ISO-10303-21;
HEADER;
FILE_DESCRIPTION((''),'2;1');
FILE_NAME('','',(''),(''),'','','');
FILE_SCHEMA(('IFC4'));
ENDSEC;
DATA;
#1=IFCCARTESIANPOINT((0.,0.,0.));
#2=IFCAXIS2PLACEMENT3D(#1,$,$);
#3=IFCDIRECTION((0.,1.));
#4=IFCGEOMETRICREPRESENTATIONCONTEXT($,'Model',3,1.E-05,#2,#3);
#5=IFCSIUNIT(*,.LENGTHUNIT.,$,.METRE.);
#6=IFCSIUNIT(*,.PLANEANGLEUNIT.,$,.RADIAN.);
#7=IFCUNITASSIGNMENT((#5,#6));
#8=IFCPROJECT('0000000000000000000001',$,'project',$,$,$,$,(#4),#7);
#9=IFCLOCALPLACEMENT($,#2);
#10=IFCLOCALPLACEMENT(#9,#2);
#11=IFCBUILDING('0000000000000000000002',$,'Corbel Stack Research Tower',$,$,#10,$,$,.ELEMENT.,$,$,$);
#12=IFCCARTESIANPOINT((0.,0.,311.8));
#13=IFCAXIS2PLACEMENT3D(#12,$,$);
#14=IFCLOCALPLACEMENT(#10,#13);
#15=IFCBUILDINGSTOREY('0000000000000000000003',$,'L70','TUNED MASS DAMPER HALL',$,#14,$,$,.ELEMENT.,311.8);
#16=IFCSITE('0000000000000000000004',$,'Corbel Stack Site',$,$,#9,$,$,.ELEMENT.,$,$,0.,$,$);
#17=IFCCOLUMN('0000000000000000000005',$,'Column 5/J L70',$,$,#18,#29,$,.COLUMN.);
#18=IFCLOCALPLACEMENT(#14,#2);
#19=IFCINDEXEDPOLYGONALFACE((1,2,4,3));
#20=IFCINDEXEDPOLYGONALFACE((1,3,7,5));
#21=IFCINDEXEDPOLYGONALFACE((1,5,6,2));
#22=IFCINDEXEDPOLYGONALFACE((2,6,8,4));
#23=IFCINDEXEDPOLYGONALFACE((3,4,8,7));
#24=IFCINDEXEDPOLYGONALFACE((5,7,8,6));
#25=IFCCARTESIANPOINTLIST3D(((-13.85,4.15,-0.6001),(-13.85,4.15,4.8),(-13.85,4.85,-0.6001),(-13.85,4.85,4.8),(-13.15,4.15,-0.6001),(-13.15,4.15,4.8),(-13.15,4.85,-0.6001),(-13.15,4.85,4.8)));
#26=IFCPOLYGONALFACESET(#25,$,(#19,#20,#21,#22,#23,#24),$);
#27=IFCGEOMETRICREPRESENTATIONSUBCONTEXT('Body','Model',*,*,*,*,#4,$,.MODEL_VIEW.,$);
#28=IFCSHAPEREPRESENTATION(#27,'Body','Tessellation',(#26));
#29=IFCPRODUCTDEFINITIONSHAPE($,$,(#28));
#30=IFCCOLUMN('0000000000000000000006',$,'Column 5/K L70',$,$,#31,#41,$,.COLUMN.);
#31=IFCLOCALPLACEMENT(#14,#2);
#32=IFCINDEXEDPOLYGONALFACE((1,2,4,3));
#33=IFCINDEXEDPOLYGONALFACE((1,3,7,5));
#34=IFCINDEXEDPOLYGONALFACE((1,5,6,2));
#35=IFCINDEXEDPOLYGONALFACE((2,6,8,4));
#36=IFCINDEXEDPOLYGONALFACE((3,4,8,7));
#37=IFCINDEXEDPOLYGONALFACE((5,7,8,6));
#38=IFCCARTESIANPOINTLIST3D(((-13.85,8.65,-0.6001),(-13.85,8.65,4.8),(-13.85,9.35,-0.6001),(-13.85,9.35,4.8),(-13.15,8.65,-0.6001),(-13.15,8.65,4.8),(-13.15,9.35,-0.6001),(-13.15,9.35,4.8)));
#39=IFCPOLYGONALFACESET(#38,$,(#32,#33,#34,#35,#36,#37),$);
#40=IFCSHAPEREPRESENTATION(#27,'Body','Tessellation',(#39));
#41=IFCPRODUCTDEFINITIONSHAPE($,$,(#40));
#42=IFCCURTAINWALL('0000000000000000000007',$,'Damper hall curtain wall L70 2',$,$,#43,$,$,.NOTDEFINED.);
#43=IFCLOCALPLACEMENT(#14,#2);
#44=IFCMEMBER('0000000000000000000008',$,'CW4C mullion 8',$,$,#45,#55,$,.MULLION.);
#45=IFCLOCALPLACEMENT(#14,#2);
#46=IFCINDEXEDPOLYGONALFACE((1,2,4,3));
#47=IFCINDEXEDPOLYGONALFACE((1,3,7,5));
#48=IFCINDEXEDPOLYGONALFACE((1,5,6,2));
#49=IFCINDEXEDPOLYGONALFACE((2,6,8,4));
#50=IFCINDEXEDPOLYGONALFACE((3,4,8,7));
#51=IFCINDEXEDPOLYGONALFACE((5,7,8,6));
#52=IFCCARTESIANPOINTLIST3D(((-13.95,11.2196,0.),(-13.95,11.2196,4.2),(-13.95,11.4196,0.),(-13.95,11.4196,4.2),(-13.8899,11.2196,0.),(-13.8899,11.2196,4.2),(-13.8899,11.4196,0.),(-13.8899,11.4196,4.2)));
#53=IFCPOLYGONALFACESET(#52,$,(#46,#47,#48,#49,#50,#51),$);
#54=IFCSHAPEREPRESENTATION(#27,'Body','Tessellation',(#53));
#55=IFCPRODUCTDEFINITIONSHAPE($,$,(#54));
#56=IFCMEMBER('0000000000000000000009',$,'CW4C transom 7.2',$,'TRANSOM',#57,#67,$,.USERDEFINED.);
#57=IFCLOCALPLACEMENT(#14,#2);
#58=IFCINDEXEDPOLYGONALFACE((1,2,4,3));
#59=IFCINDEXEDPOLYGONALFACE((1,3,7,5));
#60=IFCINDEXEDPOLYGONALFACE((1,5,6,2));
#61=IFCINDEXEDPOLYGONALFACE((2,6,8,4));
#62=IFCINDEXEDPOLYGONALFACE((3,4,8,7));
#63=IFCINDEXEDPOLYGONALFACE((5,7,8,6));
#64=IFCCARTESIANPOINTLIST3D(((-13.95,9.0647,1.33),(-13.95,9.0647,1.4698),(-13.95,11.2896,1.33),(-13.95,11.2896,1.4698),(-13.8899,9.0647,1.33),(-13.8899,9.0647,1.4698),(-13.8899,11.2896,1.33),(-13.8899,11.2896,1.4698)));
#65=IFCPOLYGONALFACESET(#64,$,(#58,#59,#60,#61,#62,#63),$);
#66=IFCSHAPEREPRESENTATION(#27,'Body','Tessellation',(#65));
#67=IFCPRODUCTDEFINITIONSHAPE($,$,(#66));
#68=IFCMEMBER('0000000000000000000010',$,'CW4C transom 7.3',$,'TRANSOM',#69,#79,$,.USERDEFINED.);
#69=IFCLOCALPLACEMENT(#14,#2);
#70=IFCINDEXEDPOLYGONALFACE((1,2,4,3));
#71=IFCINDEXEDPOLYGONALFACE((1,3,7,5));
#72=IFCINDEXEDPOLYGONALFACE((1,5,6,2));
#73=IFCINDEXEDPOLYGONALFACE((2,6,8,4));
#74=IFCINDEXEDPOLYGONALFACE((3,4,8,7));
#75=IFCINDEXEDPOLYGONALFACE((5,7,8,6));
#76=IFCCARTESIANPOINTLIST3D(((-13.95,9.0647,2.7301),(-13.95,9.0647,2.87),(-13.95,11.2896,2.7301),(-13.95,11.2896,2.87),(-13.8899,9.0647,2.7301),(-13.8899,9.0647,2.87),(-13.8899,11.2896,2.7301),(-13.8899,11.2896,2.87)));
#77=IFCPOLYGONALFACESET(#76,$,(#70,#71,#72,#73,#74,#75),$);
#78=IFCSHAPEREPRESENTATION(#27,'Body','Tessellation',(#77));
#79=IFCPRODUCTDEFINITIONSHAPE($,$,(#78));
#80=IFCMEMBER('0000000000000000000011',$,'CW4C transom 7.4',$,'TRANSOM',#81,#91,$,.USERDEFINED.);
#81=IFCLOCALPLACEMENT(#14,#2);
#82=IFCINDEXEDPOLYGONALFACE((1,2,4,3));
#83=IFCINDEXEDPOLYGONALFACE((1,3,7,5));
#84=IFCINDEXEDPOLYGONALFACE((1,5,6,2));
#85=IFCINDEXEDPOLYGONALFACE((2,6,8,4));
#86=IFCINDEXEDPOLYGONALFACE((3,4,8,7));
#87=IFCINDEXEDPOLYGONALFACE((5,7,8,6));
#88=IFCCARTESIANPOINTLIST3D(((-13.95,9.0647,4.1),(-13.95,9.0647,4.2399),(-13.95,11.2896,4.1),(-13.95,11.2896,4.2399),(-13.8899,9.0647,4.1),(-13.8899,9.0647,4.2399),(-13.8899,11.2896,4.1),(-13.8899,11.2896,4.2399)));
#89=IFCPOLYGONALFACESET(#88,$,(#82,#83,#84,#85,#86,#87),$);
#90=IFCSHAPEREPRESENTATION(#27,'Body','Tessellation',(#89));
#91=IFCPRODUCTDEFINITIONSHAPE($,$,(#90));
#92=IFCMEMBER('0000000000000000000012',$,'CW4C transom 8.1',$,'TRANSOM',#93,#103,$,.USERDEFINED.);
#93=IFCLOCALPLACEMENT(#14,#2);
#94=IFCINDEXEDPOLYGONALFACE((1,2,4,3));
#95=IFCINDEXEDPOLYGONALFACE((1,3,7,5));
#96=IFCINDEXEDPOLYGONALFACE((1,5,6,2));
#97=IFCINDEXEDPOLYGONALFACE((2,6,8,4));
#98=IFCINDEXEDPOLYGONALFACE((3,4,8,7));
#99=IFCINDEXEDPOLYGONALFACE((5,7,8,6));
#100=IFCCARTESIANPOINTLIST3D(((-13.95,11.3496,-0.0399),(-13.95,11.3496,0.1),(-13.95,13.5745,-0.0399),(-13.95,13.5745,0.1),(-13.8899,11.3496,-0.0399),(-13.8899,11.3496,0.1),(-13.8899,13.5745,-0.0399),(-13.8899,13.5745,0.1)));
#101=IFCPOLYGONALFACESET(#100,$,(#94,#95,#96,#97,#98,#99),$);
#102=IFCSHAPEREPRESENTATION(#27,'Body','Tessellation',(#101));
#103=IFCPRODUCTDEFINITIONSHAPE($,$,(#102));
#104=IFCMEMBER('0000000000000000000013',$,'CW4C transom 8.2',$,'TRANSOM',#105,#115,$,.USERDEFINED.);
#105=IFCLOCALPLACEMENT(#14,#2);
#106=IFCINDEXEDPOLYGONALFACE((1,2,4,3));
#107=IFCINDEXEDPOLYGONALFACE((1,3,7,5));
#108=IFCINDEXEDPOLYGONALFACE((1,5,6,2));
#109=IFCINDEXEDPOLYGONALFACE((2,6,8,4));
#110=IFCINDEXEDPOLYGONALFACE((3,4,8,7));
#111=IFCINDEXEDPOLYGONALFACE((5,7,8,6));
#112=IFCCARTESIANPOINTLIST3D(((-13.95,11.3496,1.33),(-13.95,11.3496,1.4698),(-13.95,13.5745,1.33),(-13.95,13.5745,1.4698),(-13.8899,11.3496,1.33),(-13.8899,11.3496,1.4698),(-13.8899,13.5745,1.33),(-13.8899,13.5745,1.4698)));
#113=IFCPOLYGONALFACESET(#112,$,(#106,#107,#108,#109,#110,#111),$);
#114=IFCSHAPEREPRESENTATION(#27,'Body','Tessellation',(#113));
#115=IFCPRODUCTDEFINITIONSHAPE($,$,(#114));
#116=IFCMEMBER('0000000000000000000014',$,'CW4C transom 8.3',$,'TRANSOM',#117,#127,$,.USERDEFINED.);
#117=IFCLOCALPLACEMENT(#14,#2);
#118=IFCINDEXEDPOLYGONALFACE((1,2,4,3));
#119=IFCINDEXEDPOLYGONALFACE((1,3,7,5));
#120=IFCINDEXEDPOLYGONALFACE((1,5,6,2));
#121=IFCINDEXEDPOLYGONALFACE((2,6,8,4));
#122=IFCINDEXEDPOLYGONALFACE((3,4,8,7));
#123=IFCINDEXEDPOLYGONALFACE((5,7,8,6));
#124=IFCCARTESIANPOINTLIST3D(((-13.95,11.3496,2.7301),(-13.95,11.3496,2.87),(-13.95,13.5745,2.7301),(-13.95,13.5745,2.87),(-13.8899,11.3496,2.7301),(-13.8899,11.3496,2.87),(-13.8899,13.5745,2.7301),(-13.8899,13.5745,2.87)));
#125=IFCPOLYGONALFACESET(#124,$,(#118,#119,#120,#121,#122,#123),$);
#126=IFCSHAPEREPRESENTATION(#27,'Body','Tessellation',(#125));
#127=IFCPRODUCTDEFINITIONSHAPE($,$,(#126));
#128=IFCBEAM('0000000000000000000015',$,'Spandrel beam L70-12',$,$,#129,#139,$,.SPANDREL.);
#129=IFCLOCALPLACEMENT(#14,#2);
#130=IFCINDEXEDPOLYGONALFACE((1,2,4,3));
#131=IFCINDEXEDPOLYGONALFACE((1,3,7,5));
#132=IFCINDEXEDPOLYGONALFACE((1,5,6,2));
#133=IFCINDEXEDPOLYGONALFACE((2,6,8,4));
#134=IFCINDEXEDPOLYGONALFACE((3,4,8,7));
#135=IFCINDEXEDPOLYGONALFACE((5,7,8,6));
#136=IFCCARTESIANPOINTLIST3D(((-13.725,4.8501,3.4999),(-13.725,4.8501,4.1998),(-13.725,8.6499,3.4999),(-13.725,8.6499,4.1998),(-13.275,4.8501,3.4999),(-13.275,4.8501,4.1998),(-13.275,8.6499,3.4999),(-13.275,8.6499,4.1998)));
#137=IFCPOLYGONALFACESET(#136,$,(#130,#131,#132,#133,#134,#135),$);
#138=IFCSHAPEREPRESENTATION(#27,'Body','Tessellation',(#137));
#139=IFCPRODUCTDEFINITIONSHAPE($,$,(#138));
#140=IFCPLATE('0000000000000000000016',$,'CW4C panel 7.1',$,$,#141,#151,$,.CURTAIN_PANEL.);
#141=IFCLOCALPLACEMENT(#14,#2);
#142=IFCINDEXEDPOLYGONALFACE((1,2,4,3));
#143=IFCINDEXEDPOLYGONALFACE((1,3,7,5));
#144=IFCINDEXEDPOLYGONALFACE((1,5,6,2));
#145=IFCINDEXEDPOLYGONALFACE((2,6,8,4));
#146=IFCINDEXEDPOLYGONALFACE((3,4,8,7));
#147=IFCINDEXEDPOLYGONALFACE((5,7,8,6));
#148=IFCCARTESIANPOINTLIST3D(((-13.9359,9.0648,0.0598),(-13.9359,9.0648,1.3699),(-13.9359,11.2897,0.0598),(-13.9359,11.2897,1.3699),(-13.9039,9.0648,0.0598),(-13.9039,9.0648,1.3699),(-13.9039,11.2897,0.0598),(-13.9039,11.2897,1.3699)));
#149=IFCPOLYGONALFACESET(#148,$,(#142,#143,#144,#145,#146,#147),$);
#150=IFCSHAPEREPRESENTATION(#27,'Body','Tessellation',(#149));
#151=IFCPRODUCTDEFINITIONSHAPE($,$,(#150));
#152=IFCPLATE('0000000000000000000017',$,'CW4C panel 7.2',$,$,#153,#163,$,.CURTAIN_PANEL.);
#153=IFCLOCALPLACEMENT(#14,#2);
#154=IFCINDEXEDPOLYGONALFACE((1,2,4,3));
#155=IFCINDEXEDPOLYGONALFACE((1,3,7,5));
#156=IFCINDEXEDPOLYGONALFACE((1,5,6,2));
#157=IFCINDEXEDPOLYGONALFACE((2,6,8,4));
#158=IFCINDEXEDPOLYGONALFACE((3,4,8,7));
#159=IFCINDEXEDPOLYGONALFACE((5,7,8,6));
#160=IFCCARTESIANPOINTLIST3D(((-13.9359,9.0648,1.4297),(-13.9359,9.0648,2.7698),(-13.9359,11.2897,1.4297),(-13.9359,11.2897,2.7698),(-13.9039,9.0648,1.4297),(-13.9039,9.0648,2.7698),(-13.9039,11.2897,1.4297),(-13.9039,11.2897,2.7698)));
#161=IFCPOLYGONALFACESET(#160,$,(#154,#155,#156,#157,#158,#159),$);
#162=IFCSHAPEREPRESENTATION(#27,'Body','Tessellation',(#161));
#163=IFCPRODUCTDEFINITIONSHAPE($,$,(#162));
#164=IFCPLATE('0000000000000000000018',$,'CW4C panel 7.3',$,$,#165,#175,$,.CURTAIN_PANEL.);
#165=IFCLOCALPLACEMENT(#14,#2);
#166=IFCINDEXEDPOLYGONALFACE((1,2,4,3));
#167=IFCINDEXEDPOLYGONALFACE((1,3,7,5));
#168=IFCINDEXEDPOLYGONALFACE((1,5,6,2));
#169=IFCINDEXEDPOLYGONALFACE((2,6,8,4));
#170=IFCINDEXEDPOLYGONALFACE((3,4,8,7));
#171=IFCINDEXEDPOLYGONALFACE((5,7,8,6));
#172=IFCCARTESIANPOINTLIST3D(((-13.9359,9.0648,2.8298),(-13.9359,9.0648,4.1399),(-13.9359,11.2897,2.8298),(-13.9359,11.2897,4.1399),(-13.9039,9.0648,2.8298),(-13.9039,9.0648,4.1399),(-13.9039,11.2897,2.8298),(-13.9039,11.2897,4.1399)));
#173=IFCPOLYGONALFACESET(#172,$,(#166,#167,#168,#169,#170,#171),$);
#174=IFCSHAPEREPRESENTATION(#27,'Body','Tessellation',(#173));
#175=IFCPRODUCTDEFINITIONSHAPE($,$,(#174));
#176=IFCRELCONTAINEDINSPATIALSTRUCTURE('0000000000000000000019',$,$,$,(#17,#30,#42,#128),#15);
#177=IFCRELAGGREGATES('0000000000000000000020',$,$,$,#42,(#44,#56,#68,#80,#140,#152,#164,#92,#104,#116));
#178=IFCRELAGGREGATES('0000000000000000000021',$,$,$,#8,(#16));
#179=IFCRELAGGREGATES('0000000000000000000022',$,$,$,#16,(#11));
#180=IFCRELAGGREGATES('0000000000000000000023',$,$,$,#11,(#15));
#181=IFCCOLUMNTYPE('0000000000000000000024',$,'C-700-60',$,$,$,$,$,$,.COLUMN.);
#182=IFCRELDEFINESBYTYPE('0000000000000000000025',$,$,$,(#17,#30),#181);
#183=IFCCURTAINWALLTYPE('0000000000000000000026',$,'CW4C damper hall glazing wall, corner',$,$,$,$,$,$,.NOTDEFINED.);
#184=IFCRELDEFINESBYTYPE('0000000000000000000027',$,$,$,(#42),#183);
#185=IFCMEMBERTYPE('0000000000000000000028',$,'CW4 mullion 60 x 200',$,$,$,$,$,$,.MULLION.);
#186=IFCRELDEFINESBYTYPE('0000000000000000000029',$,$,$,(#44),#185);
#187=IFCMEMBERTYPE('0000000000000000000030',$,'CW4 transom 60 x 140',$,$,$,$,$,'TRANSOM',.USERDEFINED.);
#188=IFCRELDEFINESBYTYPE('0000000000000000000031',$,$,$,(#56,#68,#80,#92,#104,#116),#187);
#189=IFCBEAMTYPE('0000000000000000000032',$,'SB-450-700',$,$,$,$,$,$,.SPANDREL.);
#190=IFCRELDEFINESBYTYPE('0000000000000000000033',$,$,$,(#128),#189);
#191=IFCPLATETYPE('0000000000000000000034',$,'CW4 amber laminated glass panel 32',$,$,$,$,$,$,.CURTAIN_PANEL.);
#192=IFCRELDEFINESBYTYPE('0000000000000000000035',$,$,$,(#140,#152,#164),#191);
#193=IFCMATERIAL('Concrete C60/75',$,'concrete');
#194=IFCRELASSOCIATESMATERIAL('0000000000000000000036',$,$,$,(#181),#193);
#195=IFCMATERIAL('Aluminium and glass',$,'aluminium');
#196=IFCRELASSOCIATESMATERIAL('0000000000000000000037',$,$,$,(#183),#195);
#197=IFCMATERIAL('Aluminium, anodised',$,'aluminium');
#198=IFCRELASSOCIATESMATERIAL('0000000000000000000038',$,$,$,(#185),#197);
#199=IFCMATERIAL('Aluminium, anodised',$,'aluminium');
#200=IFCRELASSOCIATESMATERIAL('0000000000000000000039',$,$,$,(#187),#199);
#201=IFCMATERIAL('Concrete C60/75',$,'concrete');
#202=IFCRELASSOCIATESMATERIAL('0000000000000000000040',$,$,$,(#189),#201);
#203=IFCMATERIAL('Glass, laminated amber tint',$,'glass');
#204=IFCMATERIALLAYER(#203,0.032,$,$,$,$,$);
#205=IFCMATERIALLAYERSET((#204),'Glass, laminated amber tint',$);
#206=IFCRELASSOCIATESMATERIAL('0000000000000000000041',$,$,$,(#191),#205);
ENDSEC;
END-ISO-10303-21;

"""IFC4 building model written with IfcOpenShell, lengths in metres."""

from ifc_helpers import new_model, si_unit, direction, frame, origin, origin_2d, place, context, subcontext, project, spatial, rectangle, extrude, material, layer, layer_set, material_profile, profile_set, type_object, element, aggregate, save


model = new_model("IFC4")

# Units and contexts
model_context = context("Model", 3, precision=1e-05, world=origin(), true_north=direction((0.0, 1.0)))
body_context = subcontext(model_context, "Body", "Model", "MODEL_VIEW")
ifc_project = project(units=[si_unit("LENGTHUNIT", "METRE"), si_unit("PLANEANGLEUNIT", "RADIAN")], contexts=[model_context])

# Site, building, storey
site_placement = place(None, origin())
site = spatial("IfcSite", under=ifc_project, at=site_placement, Name="Corbel Stack Site", CompositionType="ELEMENT", RefElevation=0.0)
building_placement = place(site_placement, origin())
building = spatial("IfcBuilding", under=site, at=building_placement, Name="Corbel Stack Research Tower", CompositionType="ELEMENT")
storey_placement = place(building_placement, frame((0.0, 0.0, 311.8)))
storey = spatial("IfcBuildingStorey", under=building, at=storey_placement, Name="L70", Description="TUNED MASS DAMPER HALL", CompositionType="ELEMENT", Elevation=311.8)

# Columns
ifc_material_1 = material(Name="Concrete C60/75", Category="concrete")
ifc_material_profile_1 = material_profile(ifc_material_1, rectangle(XDim=0.7, YDim=0.7, at=origin_2d()), Name="RC 700 x 700")
ifc_profile_set_1 = profile_set([ifc_material_profile_1], Name="Concrete C60/75")
column_type = type_object("IfcColumnType", Name="C-700-60", PredefinedType="COLUMN", material=ifc_profile_set_1)
for number, where, z_axis, x_axis, name in (
    (1, (-13.5, 4.5, -0.6001), (0.0, 0.0, 1.0), (1.0, 0.0, 0.0), "Column 5/J L70"),
    (2, (-13.5, 9.0, -0.6001), (0.0, 0.0, 1.0), (1.0, 0.0, 0.0), "Column 5/K L70"),
):
    element("IfcColumn", number, at=place(storey_placement, frame(where, z_axis=z_axis, x_axis=x_axis)), inside=storey, type_object=column_type, Name=name, PredefinedType="COLUMN", context=body_context, shape_type="SweptSolid", body=[
        extrude(rectangle(XDim=0.7, YDim=0.7, at=origin_2d()), origin(), (0.0, 0.0, 1.0), 5.4001),
    ])

# Curtain wall, members
ifc_material_2 = material(Name="Aluminium and glass", Category="aluminium")
curtain_wall_type = type_object("IfcCurtainWallType", Name="CW4C damper hall glazing wall, corner", PredefinedType="NOTDEFINED", material=ifc_material_2)
curtain_wall_placement = place(storey_placement, origin())
curtain_wall = element("IfcCurtainWall", 3, at=curtain_wall_placement, inside=storey, type_object=curtain_wall_type, Name="Damper hall curtain wall L70 2", PredefinedType="NOTDEFINED")
ifc_material_3 = material(Name="Aluminium, anodised", Category="aluminium")
ifc_material_profile_2 = material_profile(ifc_material_3, rectangle(XDim=0.0601, YDim=0.2, at=origin_2d()), Name="CW4 mullion 60 x 200")
ifc_profile_set_2 = profile_set([ifc_material_profile_2], Name="Aluminium, anodised")
member_type_1 = type_object("IfcMemberType", Name="CW4 mullion 60 x 200", PredefinedType="MULLION", material=ifc_profile_set_2)
member_1_placement = place(storey_placement, frame((-13.9199, 11.3196, 0.0), z_axis=(0.0, 0.0, 1.0), x_axis=(-1.0, 0.0, 0.0)))
member_1 = element("IfcMember", 4, at=member_1_placement, type_object=member_type_1, Name="CW4C mullion 8", PredefinedType="MULLION", context=body_context, shape_type="SweptSolid", body=[
    extrude(rectangle(XDim=0.0601, YDim=0.2, at=origin_2d()), origin(), (0.0, 0.0, 1.0), 4.2),
])
ifc_material_4 = material(Name="Aluminium, anodised", Category="aluminium")
ifc_material_profile_3 = material_profile(ifc_material_4, rectangle(XDim=0.0601, YDim=0.1399, at=origin_2d()), Name="CW4 transom 60 x 140")
ifc_profile_set_3 = profile_set([ifc_material_profile_3], Name="Aluminium, anodised")
member_type_2 = type_object("IfcMemberType", Name="CW4 transom 60 x 140", ElementType="TRANSOM", PredefinedType="USERDEFINED", material=ifc_profile_set_3)
member_2_placement = place(storey_placement, frame((-13.9199, 9.0647, 1.3999), z_axis=(0.0, 1.0, 0.0), x_axis=(-1.0, 0.0, 0.0)))
member_2 = element("IfcMember", 5, at=member_2_placement, type_object=member_type_2, Name="CW4C transom 7.2", ObjectType="TRANSOM", PredefinedType="USERDEFINED", context=body_context, shape_type="SweptSolid", body=[
    extrude(rectangle(XDim=0.0601, YDim=0.1399, at=origin_2d()), origin(), (0.0, 0.0, 1.0), 2.2249),
])
member_3_placement = place(storey_placement, frame((-13.9199, 9.0647, 2.8), z_axis=(0.0, 1.0, 0.0), x_axis=(-1.0, 0.0, 0.0)))
member_3 = element("IfcMember", 6, at=member_3_placement, type_object=member_type_2, Name="CW4C transom 7.3", ObjectType="TRANSOM", PredefinedType="USERDEFINED", context=body_context, shape_type="SweptSolid", body=[
    extrude(rectangle(XDim=0.0601, YDim=0.1399, at=origin_2d()), origin(), (0.0, 0.0, 1.0), 2.2249),
])
member_4_placement = place(storey_placement, frame((-13.9199, 9.0647, 4.1699), z_axis=(0.0, 1.0, 0.0), x_axis=(-1.0, 0.0, 0.0)))
member_4 = element("IfcMember", 7, at=member_4_placement, type_object=member_type_2, Name="CW4C transom 7.4", ObjectType="TRANSOM", PredefinedType="USERDEFINED", context=body_context, shape_type="SweptSolid", body=[
    extrude(rectangle(XDim=0.0601, YDim=0.1399, at=origin_2d()), origin(), (0.0, 0.0, 1.0), 2.2249),
])
member_5_placement = place(storey_placement, frame((-13.9199, 11.3496, 0.03), z_axis=(0.0, 1.0, 0.0), x_axis=(-1.0, 0.0, 0.0)))
member_5 = element("IfcMember", 8, at=member_5_placement, type_object=member_type_2, Name="CW4C transom 8.1", ObjectType="TRANSOM", PredefinedType="USERDEFINED", context=body_context, shape_type="SweptSolid", body=[
    extrude(rectangle(XDim=0.0601, YDim=0.1399, at=origin_2d()), origin(), (0.0, 0.0, 1.0), 2.2249),
])
member_6_placement = place(storey_placement, frame((-13.9199, 11.3496, 1.3999), z_axis=(0.0, 1.0, 0.0), x_axis=(-1.0, 0.0, 0.0)))
member_6 = element("IfcMember", 9, at=member_6_placement, type_object=member_type_2, Name="CW4C transom 8.2", ObjectType="TRANSOM", PredefinedType="USERDEFINED", context=body_context, shape_type="SweptSolid", body=[
    extrude(rectangle(XDim=0.0601, YDim=0.1399, at=origin_2d()), origin(), (0.0, 0.0, 1.0), 2.2249),
])
member_7_placement = place(storey_placement, frame((-13.9199, 11.3496, 2.8), z_axis=(0.0, 1.0, 0.0), x_axis=(-1.0, 0.0, 0.0)))
member_7 = element("IfcMember", 10, at=member_7_placement, type_object=member_type_2, Name="CW4C transom 8.3", ObjectType="TRANSOM", PredefinedType="USERDEFINED", context=body_context, shape_type="SweptSolid", body=[
    extrude(rectangle(XDim=0.0601, YDim=0.1399, at=origin_2d()), origin(), (0.0, 0.0, 1.0), 2.2249),
])

# Beam
ifc_material_5 = material(Name="Concrete C60/75", Category="concrete")
ifc_material_profile_4 = material_profile(ifc_material_5, rectangle(XDim=0.45, YDim=0.7, at=origin_2d()), Name="RC 450 x 700")
ifc_profile_set_4 = profile_set([ifc_material_profile_4], Name="Concrete C60/75")
beam_type = type_object("IfcBeamType", Name="SB-450-700", PredefinedType="SPANDREL", material=ifc_profile_set_4)
beam_placement = place(storey_placement, frame((-13.5, 8.6499, 3.8499), z_axis=(0.0, -1.0, 0.0), x_axis=(1.0, 0.0, 0.0)))
element("IfcBeam", 11, at=beam_placement, inside=storey, type_object=beam_type, Name="Spandrel beam L70-12", PredefinedType="SPANDREL", context=body_context, shape_type="SweptSolid", body=[
    extrude(rectangle(XDim=0.45, YDim=0.7, at=origin_2d()), origin(), (0.0, 0.0, 1.0), 3.7998),
])

# Plates
ifc_material_6 = material(Name="Glass, laminated amber tint", Category="glass")
ifc_layer_1 = layer(ifc_material_6, 0.032)
ifc_layer_set_1 = layer_set([ifc_layer_1], Name="Glass, laminated amber tint")
plate_type = type_object("IfcPlateType", Name="CW4 amber laminated glass panel 32", PredefinedType="CURTAIN_PANEL", material=ifc_layer_set_1)
plate_1_placement = place(storey_placement, frame((-13.9199, 10.1772, 0.0598), z_axis=(0.0, 0.0, 1.0), x_axis=(0.0, 1.0, 0.0)))
plate_1 = element("IfcPlate", 12, at=plate_1_placement, type_object=plate_type, Name="CW4C panel 7.1", PredefinedType="CURTAIN_PANEL", context=body_context, shape_type="SweptSolid", body=[
    extrude(rectangle(XDim=2.2249, YDim=0.032, at=origin_2d()), origin(), (0.0, 0.0, 1.0), 1.3101),
])
plate_2_placement = place(storey_placement, frame((-13.9199, 10.1772, 1.4297), z_axis=(0.0, 0.0, 1.0), x_axis=(0.0, 1.0, 0.0)))
plate_2 = element("IfcPlate", 13, at=plate_2_placement, type_object=plate_type, Name="CW4C panel 7.2", PredefinedType="CURTAIN_PANEL", context=body_context, shape_type="SweptSolid", body=[
    extrude(rectangle(XDim=2.2249, YDim=0.032, at=origin_2d()), origin(), (0.0, 0.0, 1.0), 1.3401),
])
plate_3_placement = place(storey_placement, frame((-13.9199, 10.1772, 2.8298), z_axis=(0.0, 0.0, 1.0), x_axis=(0.0, 1.0, 0.0)))
plate_3 = element("IfcPlate", 14, at=plate_3_placement, type_object=plate_type, Name="CW4C panel 7.3", PredefinedType="CURTAIN_PANEL", context=body_context, shape_type="SweptSolid", body=[
    extrude(rectangle(XDim=2.2249, YDim=0.032, at=origin_2d()), origin(), (0.0, 0.0, 1.0), 1.3101),
])
aggregate(curtain_wall, [member_1, member_2, member_3, member_4, plate_1, plate_2, plate_3, member_5, member_6, member_7])

save(model, "model.ifc")
